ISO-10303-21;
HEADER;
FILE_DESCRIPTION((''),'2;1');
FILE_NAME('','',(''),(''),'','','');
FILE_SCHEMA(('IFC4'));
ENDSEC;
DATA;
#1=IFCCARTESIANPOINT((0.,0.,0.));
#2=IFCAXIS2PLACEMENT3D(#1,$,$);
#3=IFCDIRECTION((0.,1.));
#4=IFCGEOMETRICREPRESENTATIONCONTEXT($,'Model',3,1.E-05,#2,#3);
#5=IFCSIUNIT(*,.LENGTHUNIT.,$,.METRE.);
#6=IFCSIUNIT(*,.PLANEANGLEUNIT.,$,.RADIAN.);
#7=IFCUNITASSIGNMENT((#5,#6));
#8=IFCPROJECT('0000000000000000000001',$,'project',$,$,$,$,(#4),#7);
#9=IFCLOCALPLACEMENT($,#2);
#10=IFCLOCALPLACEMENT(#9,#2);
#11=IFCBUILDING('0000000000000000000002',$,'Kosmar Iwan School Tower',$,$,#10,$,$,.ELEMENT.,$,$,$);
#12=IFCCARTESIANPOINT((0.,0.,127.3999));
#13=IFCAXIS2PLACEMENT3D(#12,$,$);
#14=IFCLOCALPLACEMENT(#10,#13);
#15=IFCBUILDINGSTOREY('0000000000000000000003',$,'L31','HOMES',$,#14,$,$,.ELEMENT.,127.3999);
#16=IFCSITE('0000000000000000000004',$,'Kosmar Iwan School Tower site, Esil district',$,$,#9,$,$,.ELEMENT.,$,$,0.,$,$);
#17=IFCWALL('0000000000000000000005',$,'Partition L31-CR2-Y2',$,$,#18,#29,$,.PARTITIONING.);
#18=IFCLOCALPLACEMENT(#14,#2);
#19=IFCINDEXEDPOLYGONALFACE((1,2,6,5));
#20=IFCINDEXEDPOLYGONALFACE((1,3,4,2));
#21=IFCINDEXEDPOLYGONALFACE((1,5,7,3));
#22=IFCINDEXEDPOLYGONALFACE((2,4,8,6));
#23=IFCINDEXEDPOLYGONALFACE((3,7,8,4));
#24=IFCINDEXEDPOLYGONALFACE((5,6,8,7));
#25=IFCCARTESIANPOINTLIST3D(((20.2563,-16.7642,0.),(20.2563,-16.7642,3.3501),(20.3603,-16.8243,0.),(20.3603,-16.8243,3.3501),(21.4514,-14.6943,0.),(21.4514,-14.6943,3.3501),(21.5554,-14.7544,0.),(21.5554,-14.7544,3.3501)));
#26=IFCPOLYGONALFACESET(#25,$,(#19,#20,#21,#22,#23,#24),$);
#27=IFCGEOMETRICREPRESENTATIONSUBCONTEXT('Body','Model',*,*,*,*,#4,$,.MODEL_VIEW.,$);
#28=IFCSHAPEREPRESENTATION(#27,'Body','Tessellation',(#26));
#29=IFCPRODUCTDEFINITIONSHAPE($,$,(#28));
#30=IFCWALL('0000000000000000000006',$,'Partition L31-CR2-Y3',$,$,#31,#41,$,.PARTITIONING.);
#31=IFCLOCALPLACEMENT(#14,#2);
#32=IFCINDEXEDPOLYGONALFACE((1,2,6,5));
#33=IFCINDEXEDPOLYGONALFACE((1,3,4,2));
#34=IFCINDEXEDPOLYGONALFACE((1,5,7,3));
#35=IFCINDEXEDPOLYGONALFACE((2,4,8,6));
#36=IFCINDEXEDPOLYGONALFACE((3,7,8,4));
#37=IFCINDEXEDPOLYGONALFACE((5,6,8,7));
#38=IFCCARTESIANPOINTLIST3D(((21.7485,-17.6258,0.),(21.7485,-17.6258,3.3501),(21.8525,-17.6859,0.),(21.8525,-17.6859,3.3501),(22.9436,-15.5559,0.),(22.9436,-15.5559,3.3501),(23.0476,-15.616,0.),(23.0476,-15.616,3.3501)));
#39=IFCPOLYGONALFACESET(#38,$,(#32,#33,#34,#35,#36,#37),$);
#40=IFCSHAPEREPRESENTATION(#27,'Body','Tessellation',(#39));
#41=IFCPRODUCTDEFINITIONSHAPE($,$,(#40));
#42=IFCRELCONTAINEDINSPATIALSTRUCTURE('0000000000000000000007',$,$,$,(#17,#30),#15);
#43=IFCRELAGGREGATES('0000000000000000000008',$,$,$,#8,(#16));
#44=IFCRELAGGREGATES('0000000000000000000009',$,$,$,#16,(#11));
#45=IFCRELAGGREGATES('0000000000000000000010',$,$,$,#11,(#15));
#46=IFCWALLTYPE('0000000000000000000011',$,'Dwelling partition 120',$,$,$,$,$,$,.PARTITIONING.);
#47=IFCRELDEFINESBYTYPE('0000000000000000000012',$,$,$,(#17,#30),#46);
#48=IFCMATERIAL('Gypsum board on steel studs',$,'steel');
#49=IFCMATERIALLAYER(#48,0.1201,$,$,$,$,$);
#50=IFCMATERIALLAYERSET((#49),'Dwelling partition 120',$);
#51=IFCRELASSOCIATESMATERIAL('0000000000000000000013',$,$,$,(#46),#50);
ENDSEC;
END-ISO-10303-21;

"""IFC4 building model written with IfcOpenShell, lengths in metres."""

from ifc_helpers import new_model, si_unit, direction, frame, frame_2d, origin, place, context, subcontext, project, spatial, rectangle, extrude, material, layer, layer_set, type_object, element, save


model = new_model("IFC4")

# Units and contexts
model_context = context("Model", 3, precision=1e-05, world=origin(), true_north=direction((0.0, 1.0)))
body_context = subcontext(model_context, "Body", "Model", "MODEL_VIEW")
ifc_project = project(units=[si_unit("LENGTHUNIT", "METRE"), si_unit("PLANEANGLEUNIT", "RADIAN")], contexts=[model_context])

# Site, building, storey
site_placement = place(None, origin())
site = spatial("IfcSite", under=ifc_project, at=site_placement, Name="Kosmar Iwan School Tower site, Esil district", CompositionType="ELEMENT", RefElevation=0.0)
building_placement = place(site_placement, origin())
building = spatial("IfcBuilding", under=site, at=building_placement, Name="Kosmar Iwan School Tower", CompositionType="ELEMENT")
storey_placement = place(building_placement, frame((0.0, 0.0, 127.3999)))
storey = spatial("IfcBuildingStorey", under=building, at=storey_placement, Name="L31", Description="HOMES", CompositionType="ELEMENT", Elevation=127.3999)

# Shared definitions
ifc_material_1 = material(Name="Gypsum board on steel studs", Category="steel")
ifc_layer = layer(ifc_material_1, 0.1201)
ifc_layer_set = layer_set([ifc_layer], Name="Dwelling partition 120")
wall_type = type_object("IfcWallType", Name="Dwelling partition 120", PredefinedType="PARTITIONING", material=ifc_layer_set)

# Walls
for number, where, z_axis, x_axis, name in (
    (1, (21.5034, -14.7244, 0.0), (0.0, 0.0, 1.0), (-0.500017, -0.866015, 0.0), "Partition L31-CR2-Y2"),
    (2, (22.9956, -15.5859, 0.0), (0.0, 0.0, 1.0), (-0.500017, -0.866015, 0.0), "Partition L31-CR2-Y3"),
):
    element("IfcWall", number, at=place(storey_placement, frame(where, z_axis=z_axis, x_axis=x_axis)), inside=storey, type_object=wall_type, Name=name, PredefinedType="PARTITIONING", context=body_context, shape_type="SweptSolid", body=[
        extrude(rectangle(XDim=2.3901, YDim=0.1201, at=frame_2d((1.1951, 0.0))), origin(), (0.0, 0.0, 1.0), 3.3501),
    ])

save(model, "model.ifc")
